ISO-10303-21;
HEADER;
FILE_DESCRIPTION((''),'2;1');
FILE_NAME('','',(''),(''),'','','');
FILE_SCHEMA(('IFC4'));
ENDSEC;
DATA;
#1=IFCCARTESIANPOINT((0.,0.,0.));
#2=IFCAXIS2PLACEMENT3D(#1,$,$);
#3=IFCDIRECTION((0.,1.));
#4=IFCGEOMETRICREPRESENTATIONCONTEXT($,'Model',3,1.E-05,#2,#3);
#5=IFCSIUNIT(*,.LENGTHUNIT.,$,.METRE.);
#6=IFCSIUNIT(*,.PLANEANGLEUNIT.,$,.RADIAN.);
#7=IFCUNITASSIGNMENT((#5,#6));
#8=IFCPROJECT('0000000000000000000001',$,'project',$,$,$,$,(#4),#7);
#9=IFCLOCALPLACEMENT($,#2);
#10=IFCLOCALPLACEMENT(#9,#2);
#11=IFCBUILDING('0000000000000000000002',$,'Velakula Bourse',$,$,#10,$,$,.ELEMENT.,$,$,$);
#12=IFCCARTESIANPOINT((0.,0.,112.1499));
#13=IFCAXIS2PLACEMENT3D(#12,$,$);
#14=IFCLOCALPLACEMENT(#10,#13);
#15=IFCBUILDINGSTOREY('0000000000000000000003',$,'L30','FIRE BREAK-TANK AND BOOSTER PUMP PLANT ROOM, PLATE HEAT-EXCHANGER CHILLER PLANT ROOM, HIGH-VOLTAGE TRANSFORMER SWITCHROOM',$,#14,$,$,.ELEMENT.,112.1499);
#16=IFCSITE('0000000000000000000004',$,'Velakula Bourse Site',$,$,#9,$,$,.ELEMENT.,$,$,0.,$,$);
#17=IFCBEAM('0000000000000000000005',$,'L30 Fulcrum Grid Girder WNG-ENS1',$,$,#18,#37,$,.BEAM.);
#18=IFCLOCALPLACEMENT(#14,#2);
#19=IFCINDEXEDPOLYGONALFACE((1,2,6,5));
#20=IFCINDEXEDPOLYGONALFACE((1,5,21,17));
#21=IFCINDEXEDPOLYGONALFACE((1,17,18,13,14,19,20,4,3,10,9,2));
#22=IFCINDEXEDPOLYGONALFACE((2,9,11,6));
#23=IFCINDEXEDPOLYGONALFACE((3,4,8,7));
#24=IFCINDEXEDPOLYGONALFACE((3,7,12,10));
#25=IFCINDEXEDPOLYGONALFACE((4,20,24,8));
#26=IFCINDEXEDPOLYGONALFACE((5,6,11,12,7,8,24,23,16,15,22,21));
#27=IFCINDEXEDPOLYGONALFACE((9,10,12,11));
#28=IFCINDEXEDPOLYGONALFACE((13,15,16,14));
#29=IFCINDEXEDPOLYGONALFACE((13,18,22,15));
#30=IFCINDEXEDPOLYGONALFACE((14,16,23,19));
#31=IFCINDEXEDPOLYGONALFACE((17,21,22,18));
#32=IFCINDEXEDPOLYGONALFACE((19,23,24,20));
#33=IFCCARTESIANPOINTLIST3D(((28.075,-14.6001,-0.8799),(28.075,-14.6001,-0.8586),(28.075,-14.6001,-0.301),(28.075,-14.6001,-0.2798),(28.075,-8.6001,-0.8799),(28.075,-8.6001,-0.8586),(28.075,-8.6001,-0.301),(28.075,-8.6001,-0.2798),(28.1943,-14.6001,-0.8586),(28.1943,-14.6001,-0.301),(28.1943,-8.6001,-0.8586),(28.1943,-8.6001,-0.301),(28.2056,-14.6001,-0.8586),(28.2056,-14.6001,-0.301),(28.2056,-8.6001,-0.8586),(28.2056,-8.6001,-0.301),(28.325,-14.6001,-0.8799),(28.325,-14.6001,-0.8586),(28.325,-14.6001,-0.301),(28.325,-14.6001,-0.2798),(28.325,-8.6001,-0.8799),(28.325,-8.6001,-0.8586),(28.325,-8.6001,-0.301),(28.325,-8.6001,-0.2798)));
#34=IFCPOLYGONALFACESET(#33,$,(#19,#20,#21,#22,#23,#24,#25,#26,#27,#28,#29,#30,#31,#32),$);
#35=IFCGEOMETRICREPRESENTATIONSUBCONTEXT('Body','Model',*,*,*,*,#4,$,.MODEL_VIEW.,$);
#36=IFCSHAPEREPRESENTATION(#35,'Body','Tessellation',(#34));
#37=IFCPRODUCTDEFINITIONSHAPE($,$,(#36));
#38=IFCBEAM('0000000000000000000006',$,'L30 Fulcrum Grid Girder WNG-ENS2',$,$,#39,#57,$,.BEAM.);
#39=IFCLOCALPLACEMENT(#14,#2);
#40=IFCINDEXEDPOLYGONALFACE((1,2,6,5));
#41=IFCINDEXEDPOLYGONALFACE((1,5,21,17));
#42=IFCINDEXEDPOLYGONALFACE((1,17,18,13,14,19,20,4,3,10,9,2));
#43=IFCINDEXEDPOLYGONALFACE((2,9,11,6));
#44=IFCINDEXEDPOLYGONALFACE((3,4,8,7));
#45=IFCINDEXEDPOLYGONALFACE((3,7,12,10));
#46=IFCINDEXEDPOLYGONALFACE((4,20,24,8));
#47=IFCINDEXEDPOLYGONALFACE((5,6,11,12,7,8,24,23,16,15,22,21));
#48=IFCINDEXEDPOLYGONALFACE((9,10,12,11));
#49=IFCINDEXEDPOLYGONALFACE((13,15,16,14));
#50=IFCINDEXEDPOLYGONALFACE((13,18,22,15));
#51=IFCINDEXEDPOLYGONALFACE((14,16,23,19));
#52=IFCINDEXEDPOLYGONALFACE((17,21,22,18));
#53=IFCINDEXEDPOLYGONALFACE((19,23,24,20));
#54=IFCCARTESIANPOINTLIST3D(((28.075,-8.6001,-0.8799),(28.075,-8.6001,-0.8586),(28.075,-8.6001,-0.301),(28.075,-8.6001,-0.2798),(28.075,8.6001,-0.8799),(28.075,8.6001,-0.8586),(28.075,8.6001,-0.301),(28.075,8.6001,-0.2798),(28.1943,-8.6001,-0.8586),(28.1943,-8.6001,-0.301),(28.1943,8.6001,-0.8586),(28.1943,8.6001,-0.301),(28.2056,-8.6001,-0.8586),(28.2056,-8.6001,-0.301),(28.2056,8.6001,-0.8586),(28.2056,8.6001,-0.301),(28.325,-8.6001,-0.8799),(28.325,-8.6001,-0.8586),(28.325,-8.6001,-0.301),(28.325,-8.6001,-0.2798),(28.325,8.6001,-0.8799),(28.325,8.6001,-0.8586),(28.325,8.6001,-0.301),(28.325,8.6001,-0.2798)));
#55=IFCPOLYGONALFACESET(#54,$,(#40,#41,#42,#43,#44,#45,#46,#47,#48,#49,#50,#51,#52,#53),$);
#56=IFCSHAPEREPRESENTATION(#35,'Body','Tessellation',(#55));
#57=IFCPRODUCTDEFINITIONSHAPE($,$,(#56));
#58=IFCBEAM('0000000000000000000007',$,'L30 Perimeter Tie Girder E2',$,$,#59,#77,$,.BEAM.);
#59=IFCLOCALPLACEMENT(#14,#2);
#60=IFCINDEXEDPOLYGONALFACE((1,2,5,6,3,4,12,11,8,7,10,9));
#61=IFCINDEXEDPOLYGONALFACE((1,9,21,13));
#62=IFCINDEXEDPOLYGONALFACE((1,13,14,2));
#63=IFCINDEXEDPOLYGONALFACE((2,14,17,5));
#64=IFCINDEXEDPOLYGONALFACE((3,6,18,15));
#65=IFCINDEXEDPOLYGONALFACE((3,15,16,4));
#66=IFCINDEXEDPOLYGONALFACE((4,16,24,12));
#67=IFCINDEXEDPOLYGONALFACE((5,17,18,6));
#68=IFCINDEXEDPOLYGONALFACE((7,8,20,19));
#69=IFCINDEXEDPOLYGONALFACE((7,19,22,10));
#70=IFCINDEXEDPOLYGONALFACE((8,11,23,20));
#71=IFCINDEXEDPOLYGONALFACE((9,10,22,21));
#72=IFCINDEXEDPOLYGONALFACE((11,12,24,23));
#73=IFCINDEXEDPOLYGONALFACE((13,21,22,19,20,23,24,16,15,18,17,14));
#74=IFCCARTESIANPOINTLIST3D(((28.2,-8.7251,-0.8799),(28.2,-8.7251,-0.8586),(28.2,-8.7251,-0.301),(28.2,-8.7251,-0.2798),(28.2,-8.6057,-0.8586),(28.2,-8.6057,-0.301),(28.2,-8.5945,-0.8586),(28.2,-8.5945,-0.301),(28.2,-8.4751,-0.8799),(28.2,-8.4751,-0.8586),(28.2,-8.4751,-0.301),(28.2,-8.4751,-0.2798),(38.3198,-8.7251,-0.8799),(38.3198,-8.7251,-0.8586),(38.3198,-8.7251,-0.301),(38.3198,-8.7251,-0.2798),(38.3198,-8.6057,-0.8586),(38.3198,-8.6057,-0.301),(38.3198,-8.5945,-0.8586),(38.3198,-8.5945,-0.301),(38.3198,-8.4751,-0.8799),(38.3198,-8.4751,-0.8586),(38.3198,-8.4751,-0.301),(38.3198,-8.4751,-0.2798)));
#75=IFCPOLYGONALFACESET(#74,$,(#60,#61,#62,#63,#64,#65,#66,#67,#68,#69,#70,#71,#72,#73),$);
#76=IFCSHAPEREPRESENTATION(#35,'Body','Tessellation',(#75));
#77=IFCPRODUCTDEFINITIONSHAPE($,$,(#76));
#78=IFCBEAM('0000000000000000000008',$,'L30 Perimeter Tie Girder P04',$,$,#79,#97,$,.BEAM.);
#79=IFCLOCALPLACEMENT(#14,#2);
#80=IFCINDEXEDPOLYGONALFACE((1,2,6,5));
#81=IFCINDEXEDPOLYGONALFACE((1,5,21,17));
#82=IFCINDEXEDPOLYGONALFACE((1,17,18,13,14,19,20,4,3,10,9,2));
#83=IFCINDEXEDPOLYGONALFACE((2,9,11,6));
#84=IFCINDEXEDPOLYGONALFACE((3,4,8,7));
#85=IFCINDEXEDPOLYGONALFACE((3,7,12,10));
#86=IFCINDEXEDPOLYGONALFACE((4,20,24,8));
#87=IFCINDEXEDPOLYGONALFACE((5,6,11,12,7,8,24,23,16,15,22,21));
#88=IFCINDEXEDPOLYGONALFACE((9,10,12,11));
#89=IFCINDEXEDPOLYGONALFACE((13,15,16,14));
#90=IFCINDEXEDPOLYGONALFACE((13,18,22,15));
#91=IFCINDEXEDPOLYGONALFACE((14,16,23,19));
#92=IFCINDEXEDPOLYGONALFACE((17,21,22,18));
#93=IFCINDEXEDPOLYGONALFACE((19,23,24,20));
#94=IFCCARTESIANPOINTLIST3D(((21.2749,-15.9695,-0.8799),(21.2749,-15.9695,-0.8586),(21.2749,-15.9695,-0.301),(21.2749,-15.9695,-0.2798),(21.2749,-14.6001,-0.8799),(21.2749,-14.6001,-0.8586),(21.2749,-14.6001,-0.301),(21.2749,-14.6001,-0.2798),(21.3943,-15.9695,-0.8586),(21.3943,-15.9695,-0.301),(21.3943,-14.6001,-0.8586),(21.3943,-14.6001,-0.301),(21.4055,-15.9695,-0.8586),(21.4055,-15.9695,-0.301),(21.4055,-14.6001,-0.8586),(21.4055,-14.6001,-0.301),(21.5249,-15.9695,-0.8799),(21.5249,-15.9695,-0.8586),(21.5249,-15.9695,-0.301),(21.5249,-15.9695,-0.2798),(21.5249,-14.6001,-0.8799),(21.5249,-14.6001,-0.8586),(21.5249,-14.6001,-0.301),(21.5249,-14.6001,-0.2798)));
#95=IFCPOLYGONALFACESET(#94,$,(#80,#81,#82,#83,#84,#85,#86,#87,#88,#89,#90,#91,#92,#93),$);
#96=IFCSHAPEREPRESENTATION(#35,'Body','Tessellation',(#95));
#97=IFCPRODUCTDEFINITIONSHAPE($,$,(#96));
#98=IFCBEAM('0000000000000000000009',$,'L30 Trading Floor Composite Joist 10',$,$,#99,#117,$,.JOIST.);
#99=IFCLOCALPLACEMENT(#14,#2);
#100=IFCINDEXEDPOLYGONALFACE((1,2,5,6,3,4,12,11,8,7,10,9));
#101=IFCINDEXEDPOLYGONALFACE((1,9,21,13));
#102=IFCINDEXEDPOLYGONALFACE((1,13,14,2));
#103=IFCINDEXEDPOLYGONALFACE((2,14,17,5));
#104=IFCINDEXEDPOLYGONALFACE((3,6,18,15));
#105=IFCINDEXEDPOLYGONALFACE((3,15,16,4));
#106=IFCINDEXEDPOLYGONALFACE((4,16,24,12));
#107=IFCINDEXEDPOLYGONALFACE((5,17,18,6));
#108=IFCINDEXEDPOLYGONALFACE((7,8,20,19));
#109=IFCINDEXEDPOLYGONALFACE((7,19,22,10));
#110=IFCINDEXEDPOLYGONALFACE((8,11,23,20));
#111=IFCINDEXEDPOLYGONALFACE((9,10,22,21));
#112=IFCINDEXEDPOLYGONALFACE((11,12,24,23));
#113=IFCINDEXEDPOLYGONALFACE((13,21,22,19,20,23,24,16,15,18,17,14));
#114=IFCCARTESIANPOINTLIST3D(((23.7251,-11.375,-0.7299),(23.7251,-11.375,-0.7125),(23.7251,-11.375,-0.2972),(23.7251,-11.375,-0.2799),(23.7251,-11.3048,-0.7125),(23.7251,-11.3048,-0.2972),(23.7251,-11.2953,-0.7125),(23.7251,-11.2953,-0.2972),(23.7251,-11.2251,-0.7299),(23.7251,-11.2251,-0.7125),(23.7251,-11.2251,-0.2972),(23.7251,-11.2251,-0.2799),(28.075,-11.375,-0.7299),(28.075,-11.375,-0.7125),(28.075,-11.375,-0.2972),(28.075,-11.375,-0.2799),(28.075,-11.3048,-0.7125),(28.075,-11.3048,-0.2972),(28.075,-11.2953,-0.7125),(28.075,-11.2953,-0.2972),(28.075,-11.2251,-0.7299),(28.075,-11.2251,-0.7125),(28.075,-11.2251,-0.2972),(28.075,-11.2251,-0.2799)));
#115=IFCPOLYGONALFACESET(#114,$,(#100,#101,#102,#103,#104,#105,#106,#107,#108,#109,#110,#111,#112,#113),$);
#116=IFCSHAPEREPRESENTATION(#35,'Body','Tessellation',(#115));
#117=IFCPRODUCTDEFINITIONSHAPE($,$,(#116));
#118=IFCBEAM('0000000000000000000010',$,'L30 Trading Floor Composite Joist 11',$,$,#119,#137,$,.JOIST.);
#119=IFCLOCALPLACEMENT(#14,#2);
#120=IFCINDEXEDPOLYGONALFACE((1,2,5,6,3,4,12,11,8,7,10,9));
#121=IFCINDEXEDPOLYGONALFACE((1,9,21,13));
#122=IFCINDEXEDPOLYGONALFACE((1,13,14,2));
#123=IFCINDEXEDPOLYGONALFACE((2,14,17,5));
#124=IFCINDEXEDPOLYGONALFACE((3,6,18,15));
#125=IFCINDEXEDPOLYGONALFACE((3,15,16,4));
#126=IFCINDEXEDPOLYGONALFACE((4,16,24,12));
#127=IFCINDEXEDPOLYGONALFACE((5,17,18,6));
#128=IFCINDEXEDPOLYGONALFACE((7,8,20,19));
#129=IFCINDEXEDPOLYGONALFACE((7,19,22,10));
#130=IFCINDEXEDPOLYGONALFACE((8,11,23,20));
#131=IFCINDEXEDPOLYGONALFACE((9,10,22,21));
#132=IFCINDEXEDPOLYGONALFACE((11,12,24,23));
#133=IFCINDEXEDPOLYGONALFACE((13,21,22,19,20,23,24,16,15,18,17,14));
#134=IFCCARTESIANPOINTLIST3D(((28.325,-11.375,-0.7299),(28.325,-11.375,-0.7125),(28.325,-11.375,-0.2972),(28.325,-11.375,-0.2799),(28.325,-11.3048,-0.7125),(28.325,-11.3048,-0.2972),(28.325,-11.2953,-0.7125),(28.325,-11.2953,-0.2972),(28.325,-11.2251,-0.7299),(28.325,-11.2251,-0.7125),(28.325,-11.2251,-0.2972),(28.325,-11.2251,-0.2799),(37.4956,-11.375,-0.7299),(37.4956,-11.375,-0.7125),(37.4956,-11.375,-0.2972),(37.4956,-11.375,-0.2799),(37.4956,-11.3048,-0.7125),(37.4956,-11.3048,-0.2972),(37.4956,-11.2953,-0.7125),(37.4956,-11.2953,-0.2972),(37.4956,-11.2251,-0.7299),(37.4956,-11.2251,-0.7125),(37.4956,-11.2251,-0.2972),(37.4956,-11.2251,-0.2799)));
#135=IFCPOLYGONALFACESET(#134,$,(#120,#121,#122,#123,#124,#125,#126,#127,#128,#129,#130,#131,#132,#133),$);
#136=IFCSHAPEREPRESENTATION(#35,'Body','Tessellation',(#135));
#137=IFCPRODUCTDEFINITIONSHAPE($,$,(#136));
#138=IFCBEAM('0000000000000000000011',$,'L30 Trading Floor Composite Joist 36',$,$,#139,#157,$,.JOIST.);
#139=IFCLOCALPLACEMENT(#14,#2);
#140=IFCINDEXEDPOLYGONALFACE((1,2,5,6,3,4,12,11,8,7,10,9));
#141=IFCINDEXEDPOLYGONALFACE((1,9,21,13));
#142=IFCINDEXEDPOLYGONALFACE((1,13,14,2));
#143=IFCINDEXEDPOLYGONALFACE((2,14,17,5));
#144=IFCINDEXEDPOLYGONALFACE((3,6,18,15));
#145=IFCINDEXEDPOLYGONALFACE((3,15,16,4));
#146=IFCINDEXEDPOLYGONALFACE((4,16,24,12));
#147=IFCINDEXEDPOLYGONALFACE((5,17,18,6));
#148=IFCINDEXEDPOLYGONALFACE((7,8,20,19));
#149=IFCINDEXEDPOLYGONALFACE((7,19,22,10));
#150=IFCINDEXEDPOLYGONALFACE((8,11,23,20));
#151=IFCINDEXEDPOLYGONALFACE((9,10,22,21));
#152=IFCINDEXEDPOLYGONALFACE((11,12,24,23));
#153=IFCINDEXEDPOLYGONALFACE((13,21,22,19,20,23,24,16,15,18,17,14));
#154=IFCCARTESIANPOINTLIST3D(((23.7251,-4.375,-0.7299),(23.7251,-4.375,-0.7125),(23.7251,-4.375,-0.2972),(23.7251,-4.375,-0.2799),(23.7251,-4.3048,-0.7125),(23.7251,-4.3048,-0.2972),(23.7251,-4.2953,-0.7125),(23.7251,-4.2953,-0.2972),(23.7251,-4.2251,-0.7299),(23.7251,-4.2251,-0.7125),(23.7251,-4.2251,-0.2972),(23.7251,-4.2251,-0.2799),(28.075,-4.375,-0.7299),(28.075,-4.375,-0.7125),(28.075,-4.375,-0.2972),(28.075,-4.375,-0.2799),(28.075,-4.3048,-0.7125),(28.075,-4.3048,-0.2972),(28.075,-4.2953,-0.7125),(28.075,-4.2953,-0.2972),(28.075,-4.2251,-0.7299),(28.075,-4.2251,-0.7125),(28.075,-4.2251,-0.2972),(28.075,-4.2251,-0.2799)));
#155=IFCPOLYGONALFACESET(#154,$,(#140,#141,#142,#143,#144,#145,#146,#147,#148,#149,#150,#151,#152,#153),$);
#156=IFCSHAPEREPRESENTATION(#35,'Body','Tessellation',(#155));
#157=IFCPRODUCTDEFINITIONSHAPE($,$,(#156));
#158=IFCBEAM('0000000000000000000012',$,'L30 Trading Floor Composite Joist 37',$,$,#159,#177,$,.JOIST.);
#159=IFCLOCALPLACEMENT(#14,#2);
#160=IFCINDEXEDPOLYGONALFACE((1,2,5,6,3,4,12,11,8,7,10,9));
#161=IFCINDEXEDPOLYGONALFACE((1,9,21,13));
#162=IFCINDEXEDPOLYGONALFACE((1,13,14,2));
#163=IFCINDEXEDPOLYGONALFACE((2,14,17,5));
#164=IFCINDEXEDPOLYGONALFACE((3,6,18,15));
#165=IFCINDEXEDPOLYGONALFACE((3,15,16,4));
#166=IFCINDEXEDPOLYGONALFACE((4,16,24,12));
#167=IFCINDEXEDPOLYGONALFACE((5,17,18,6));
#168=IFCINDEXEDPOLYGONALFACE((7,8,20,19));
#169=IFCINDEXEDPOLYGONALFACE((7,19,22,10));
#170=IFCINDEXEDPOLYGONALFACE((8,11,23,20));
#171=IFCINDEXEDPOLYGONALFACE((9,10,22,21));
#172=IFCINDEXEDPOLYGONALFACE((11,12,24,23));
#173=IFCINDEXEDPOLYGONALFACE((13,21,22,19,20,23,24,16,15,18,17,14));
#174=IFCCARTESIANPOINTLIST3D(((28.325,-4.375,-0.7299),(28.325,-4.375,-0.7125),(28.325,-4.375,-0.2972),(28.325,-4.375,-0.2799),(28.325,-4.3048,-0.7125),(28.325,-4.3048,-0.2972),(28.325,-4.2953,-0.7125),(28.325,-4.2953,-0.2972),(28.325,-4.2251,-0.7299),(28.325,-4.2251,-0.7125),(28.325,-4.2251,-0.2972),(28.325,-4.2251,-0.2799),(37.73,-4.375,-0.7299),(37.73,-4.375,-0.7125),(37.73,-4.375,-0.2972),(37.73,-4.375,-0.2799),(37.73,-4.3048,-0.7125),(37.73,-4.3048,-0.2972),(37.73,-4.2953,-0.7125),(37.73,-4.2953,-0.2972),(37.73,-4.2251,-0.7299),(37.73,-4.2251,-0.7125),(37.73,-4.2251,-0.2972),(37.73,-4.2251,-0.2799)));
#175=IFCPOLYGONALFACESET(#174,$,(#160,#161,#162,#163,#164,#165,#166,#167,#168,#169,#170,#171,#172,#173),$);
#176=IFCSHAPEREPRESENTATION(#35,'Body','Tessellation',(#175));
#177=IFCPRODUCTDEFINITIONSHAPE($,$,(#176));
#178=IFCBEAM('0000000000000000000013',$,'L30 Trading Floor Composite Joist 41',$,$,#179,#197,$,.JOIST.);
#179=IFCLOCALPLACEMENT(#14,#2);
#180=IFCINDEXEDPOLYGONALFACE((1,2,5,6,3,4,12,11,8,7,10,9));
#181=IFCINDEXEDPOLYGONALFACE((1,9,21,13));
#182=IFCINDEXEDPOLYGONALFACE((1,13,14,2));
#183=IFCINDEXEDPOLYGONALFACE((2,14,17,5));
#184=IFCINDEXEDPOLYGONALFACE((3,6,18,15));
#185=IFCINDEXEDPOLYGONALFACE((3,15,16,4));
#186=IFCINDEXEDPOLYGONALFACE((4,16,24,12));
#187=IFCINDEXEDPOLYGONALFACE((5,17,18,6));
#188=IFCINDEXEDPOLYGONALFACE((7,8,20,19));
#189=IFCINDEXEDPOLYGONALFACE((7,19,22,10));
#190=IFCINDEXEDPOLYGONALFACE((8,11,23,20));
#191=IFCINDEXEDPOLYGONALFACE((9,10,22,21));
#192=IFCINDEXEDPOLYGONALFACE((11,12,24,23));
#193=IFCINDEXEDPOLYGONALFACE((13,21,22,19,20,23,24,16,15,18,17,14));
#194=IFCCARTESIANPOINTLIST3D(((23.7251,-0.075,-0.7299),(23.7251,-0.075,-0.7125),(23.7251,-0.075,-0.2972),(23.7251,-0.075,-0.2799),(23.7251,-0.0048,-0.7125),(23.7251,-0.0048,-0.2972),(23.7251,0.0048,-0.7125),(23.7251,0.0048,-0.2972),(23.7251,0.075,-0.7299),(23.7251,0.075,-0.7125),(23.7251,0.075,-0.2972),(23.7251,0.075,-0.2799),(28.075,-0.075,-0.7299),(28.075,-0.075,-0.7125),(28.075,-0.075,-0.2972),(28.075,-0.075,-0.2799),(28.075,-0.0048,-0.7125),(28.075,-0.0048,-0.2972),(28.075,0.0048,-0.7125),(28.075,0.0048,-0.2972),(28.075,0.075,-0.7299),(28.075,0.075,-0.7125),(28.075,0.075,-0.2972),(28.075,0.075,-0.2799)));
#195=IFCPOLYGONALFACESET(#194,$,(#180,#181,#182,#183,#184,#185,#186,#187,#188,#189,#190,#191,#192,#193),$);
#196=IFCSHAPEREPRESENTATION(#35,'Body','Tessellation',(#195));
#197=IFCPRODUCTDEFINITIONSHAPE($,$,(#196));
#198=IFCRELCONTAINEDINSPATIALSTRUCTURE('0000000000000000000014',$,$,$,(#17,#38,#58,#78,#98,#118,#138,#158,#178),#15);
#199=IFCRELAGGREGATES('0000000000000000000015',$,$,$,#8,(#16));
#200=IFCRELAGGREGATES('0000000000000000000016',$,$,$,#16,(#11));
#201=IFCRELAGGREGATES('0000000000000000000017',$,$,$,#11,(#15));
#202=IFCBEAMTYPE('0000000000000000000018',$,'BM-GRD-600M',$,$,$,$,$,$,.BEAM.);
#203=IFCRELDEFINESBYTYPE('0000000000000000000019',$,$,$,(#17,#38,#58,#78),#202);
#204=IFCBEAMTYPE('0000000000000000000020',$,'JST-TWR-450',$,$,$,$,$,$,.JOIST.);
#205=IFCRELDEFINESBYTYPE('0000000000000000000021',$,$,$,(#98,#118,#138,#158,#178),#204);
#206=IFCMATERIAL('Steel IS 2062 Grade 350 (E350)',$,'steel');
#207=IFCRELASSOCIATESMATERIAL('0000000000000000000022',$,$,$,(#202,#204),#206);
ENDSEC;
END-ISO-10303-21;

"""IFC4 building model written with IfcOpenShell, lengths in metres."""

from ifc_helpers import new_model, si_unit, direction, frame, origin, origin_2d, place, context, subcontext, project, spatial, i_section, extrude, material, material_profile, profile_set, type_object, element, save


model = new_model("IFC4")

# Units and contexts
model_context = context("Model", 3, precision=1e-05, world=origin(), true_north=direction((0.0, 1.0)))
body_context = subcontext(model_context, "Body", "Model", "MODEL_VIEW")
ifc_project = project(units=[si_unit("LENGTHUNIT", "METRE"), si_unit("PLANEANGLEUNIT", "RADIAN")], contexts=[model_context])

# Site, building, storey
site_placement = place(None, origin())
site = spatial("IfcSite", under=ifc_project, at=site_placement, Name="Velakula Bourse Site", CompositionType="ELEMENT", RefElevation=0.0)
building_placement = place(site_placement, origin())
building = spatial("IfcBuilding", under=site, at=building_placement, Name="Velakula Bourse", CompositionType="ELEMENT")
storey_placement = place(building_placement, frame((0.0, 0.0, 112.1499)))
storey = spatial("IfcBuildingStorey", under=building, at=storey_placement, Name="L30", Description="FIRE BREAK-TANK AND BOOSTER PUMP PLANT ROOM, PLATE HEAT-EXCHANGER CHILLER PLANT ROOM, HIGH-VOLTAGE TRANSFORMER SWITCHROOM", CompositionType="ELEMENT", Elevation=112.1499)

# Beams
ifc_material_1 = material(Name="Steel IS 2062 Grade 350 (E350)", Category="steel")
ifc_material_profile_1 = material_profile(ifc_material_1, i_section(OverallWidth=0.25, OverallDepth=0.6001, WebThickness=0.0112, FlangeThickness=0.0212, at=origin_2d()), Name="Steel IS 2062 Grade 350 (E350)")
ifc_profile_set_1 = profile_set([ifc_material_profile_1], Name="Steel IS 2062 Grade 350 (E350)")
beam_type_1 = type_object("IfcBeamType", Name="BM-GRD-600M", PredefinedType="BEAM", material=ifc_profile_set_1)
beam_1_placement = place(storey_placement, frame((28.2, -14.6001, -0.5798), z_axis=(0.0, 1.0, 0.0), x_axis=(-1.0, 0.0, 0.0)))
element("IfcBeam", 1, at=beam_1_placement, inside=storey, type_object=beam_type_1, Name="L30 Fulcrum Grid Girder WNG-ENS1", PredefinedType="BEAM", context=body_context, shape_type="SweptSolid", body=[
    extrude(i_section(OverallWidth=0.25, OverallDepth=0.6001, WebThickness=0.0112, FlangeThickness=0.0212, at=origin_2d()), origin(), (0.0, 0.0, 1.0), 6.0),
])
beam_2_placement = place(storey_placement, frame((28.2, -8.6001, -0.5798), z_axis=(0.0, 1.0, 0.0), x_axis=(-1.0, 0.0, 0.0)))
element("IfcBeam", 2, at=beam_2_placement, inside=storey, type_object=beam_type_1, Name="L30 Fulcrum Grid Girder WNG-ENS2", PredefinedType="BEAM", context=body_context, shape_type="SweptSolid", body=[
    extrude(i_section(OverallWidth=0.25, OverallDepth=0.6001, WebThickness=0.0112, FlangeThickness=0.0212, at=origin_2d()), origin(), (0.0, 0.0, 1.0), 17.2002),
])
beam_3_placement = place(storey_placement, frame((28.2, -8.6001, -0.5798), z_axis=(1.0, 0.0, 0.0), x_axis=(0.0, 1.0, 0.0)))
element("IfcBeam", 3, at=beam_3_placement, inside=storey, type_object=beam_type_1, Name="L30 Perimeter Tie Girder E2", PredefinedType="BEAM", context=body_context, shape_type="SweptSolid", body=[
    extrude(i_section(OverallWidth=0.25, OverallDepth=0.6001, WebThickness=0.0112, FlangeThickness=0.0212, at=origin_2d()), origin(), (0.0, 0.0, 1.0), 10.1199),
])
beam_4_placement = place(storey_placement, frame((21.3999, -14.6001, -0.5798), z_axis=(0.0, -1.0, 0.0), x_axis=(1.0, 0.0, 0.0)))
element("IfcBeam", 4, at=beam_4_placement, inside=storey, type_object=beam_type_1, Name="L30 Perimeter Tie Girder P04", PredefinedType="BEAM", context=body_context, shape_type="SweptSolid", body=[
    extrude(i_section(OverallWidth=0.25, OverallDepth=0.6001, WebThickness=0.0112, FlangeThickness=0.0212, at=origin_2d()), origin(), (0.0, 0.0, 1.0), 1.3694),
])
ifc_material_profile_2 = material_profile(ifc_material_1, i_section(OverallWidth=0.1499, OverallDepth=0.45, WebThickness=0.0095, FlangeThickness=0.0173, at=origin_2d()), Name="Steel IS 2062 Grade 350 (E350)")
ifc_profile_set_2 = profile_set([ifc_material_profile_2], Name="Steel IS 2062 Grade 350 (E350)")
beam_type_2 = type_object("IfcBeamType", Name="JST-TWR-450", PredefinedType="JOIST", material=ifc_profile_set_2)
beam_5_placement = place(storey_placement, frame((23.7251, -11.3, -0.5049), z_axis=(1.0, 0.0, 0.0), x_axis=(0.0, 1.0, 0.0)))
element("IfcBeam", 5, at=beam_5_placement, inside=storey, type_object=beam_type_2, Name="L30 Trading Floor Composite Joist 10", PredefinedType="JOIST", context=body_context, shape_type="SweptSolid", body=[
    extrude(i_section(OverallWidth=0.1499, OverallDepth=0.45, WebThickness=0.0095, FlangeThickness=0.0173, at=origin_2d()), origin(), (0.0, 0.0, 1.0), 4.3499),
])
beam_6_placement = place(storey_placement, frame((28.325, -11.3, -0.5049), z_axis=(1.0, 0.0, 0.0), x_axis=(0.0, 1.0, 0.0)))
element("IfcBeam", 6, at=beam_6_placement, inside=storey, type_object=beam_type_2, Name="L30 Trading Floor Composite Joist 11", PredefinedType="JOIST", context=body_context, shape_type="SweptSolid", body=[
    extrude(i_section(OverallWidth=0.1499, OverallDepth=0.45, WebThickness=0.0095, FlangeThickness=0.0173, at=origin_2d()), origin(), (0.0, 0.0, 1.0), 9.1707),
])
beam_7_placement = place(storey_placement, frame((23.7251, -4.3, -0.5049), z_axis=(1.0, 0.0, 0.0), x_axis=(0.0, 1.0, 0.0)))
element("IfcBeam", 7, at=beam_7_placement, inside=storey, type_object=beam_type_2, Name="L30 Trading Floor Composite Joist 36", PredefinedType="JOIST", context=body_context, shape_type="SweptSolid", body=[
    extrude(i_section(OverallWidth=0.1499, OverallDepth=0.45, WebThickness=0.0095, FlangeThickness=0.0173, at=origin_2d()), origin(), (0.0, 0.0, 1.0), 4.3499),
])
beam_8_placement = place(storey_placement, frame((28.325, -4.3, -0.5049), z_axis=(1.0, 0.0, 0.0), x_axis=(0.0, 1.0, 0.0)))
element("IfcBeam", 8, at=beam_8_placement, inside=storey, type_object=beam_type_2, Name="L30 Trading Floor Composite Joist 37", PredefinedType="JOIST", context=body_context, shape_type="SweptSolid", body=[
    extrude(i_section(OverallWidth=0.1499, OverallDepth=0.45, WebThickness=0.0095, FlangeThickness=0.0173, at=origin_2d()), origin(), (0.0, 0.0, 1.0), 9.405),
])
beam_9_placement = place(storey_placement, frame((23.7251, 0.0, -0.5049), z_axis=(1.0, 0.0, 0.0), x_axis=(0.0, 1.0, 0.0)))
element("IfcBeam", 9, at=beam_9_placement, inside=storey, type_object=beam_type_2, Name="L30 Trading Floor Composite Joist 41", PredefinedType="JOIST", context=body_context, shape_type="SweptSolid", body=[
    extrude(i_section(OverallWidth=0.1499, OverallDepth=0.45, WebThickness=0.0095, FlangeThickness=0.0173, at=origin_2d()), origin(), (0.0, 0.0, 1.0), 4.3499),
])

save(model, "model.ifc")
